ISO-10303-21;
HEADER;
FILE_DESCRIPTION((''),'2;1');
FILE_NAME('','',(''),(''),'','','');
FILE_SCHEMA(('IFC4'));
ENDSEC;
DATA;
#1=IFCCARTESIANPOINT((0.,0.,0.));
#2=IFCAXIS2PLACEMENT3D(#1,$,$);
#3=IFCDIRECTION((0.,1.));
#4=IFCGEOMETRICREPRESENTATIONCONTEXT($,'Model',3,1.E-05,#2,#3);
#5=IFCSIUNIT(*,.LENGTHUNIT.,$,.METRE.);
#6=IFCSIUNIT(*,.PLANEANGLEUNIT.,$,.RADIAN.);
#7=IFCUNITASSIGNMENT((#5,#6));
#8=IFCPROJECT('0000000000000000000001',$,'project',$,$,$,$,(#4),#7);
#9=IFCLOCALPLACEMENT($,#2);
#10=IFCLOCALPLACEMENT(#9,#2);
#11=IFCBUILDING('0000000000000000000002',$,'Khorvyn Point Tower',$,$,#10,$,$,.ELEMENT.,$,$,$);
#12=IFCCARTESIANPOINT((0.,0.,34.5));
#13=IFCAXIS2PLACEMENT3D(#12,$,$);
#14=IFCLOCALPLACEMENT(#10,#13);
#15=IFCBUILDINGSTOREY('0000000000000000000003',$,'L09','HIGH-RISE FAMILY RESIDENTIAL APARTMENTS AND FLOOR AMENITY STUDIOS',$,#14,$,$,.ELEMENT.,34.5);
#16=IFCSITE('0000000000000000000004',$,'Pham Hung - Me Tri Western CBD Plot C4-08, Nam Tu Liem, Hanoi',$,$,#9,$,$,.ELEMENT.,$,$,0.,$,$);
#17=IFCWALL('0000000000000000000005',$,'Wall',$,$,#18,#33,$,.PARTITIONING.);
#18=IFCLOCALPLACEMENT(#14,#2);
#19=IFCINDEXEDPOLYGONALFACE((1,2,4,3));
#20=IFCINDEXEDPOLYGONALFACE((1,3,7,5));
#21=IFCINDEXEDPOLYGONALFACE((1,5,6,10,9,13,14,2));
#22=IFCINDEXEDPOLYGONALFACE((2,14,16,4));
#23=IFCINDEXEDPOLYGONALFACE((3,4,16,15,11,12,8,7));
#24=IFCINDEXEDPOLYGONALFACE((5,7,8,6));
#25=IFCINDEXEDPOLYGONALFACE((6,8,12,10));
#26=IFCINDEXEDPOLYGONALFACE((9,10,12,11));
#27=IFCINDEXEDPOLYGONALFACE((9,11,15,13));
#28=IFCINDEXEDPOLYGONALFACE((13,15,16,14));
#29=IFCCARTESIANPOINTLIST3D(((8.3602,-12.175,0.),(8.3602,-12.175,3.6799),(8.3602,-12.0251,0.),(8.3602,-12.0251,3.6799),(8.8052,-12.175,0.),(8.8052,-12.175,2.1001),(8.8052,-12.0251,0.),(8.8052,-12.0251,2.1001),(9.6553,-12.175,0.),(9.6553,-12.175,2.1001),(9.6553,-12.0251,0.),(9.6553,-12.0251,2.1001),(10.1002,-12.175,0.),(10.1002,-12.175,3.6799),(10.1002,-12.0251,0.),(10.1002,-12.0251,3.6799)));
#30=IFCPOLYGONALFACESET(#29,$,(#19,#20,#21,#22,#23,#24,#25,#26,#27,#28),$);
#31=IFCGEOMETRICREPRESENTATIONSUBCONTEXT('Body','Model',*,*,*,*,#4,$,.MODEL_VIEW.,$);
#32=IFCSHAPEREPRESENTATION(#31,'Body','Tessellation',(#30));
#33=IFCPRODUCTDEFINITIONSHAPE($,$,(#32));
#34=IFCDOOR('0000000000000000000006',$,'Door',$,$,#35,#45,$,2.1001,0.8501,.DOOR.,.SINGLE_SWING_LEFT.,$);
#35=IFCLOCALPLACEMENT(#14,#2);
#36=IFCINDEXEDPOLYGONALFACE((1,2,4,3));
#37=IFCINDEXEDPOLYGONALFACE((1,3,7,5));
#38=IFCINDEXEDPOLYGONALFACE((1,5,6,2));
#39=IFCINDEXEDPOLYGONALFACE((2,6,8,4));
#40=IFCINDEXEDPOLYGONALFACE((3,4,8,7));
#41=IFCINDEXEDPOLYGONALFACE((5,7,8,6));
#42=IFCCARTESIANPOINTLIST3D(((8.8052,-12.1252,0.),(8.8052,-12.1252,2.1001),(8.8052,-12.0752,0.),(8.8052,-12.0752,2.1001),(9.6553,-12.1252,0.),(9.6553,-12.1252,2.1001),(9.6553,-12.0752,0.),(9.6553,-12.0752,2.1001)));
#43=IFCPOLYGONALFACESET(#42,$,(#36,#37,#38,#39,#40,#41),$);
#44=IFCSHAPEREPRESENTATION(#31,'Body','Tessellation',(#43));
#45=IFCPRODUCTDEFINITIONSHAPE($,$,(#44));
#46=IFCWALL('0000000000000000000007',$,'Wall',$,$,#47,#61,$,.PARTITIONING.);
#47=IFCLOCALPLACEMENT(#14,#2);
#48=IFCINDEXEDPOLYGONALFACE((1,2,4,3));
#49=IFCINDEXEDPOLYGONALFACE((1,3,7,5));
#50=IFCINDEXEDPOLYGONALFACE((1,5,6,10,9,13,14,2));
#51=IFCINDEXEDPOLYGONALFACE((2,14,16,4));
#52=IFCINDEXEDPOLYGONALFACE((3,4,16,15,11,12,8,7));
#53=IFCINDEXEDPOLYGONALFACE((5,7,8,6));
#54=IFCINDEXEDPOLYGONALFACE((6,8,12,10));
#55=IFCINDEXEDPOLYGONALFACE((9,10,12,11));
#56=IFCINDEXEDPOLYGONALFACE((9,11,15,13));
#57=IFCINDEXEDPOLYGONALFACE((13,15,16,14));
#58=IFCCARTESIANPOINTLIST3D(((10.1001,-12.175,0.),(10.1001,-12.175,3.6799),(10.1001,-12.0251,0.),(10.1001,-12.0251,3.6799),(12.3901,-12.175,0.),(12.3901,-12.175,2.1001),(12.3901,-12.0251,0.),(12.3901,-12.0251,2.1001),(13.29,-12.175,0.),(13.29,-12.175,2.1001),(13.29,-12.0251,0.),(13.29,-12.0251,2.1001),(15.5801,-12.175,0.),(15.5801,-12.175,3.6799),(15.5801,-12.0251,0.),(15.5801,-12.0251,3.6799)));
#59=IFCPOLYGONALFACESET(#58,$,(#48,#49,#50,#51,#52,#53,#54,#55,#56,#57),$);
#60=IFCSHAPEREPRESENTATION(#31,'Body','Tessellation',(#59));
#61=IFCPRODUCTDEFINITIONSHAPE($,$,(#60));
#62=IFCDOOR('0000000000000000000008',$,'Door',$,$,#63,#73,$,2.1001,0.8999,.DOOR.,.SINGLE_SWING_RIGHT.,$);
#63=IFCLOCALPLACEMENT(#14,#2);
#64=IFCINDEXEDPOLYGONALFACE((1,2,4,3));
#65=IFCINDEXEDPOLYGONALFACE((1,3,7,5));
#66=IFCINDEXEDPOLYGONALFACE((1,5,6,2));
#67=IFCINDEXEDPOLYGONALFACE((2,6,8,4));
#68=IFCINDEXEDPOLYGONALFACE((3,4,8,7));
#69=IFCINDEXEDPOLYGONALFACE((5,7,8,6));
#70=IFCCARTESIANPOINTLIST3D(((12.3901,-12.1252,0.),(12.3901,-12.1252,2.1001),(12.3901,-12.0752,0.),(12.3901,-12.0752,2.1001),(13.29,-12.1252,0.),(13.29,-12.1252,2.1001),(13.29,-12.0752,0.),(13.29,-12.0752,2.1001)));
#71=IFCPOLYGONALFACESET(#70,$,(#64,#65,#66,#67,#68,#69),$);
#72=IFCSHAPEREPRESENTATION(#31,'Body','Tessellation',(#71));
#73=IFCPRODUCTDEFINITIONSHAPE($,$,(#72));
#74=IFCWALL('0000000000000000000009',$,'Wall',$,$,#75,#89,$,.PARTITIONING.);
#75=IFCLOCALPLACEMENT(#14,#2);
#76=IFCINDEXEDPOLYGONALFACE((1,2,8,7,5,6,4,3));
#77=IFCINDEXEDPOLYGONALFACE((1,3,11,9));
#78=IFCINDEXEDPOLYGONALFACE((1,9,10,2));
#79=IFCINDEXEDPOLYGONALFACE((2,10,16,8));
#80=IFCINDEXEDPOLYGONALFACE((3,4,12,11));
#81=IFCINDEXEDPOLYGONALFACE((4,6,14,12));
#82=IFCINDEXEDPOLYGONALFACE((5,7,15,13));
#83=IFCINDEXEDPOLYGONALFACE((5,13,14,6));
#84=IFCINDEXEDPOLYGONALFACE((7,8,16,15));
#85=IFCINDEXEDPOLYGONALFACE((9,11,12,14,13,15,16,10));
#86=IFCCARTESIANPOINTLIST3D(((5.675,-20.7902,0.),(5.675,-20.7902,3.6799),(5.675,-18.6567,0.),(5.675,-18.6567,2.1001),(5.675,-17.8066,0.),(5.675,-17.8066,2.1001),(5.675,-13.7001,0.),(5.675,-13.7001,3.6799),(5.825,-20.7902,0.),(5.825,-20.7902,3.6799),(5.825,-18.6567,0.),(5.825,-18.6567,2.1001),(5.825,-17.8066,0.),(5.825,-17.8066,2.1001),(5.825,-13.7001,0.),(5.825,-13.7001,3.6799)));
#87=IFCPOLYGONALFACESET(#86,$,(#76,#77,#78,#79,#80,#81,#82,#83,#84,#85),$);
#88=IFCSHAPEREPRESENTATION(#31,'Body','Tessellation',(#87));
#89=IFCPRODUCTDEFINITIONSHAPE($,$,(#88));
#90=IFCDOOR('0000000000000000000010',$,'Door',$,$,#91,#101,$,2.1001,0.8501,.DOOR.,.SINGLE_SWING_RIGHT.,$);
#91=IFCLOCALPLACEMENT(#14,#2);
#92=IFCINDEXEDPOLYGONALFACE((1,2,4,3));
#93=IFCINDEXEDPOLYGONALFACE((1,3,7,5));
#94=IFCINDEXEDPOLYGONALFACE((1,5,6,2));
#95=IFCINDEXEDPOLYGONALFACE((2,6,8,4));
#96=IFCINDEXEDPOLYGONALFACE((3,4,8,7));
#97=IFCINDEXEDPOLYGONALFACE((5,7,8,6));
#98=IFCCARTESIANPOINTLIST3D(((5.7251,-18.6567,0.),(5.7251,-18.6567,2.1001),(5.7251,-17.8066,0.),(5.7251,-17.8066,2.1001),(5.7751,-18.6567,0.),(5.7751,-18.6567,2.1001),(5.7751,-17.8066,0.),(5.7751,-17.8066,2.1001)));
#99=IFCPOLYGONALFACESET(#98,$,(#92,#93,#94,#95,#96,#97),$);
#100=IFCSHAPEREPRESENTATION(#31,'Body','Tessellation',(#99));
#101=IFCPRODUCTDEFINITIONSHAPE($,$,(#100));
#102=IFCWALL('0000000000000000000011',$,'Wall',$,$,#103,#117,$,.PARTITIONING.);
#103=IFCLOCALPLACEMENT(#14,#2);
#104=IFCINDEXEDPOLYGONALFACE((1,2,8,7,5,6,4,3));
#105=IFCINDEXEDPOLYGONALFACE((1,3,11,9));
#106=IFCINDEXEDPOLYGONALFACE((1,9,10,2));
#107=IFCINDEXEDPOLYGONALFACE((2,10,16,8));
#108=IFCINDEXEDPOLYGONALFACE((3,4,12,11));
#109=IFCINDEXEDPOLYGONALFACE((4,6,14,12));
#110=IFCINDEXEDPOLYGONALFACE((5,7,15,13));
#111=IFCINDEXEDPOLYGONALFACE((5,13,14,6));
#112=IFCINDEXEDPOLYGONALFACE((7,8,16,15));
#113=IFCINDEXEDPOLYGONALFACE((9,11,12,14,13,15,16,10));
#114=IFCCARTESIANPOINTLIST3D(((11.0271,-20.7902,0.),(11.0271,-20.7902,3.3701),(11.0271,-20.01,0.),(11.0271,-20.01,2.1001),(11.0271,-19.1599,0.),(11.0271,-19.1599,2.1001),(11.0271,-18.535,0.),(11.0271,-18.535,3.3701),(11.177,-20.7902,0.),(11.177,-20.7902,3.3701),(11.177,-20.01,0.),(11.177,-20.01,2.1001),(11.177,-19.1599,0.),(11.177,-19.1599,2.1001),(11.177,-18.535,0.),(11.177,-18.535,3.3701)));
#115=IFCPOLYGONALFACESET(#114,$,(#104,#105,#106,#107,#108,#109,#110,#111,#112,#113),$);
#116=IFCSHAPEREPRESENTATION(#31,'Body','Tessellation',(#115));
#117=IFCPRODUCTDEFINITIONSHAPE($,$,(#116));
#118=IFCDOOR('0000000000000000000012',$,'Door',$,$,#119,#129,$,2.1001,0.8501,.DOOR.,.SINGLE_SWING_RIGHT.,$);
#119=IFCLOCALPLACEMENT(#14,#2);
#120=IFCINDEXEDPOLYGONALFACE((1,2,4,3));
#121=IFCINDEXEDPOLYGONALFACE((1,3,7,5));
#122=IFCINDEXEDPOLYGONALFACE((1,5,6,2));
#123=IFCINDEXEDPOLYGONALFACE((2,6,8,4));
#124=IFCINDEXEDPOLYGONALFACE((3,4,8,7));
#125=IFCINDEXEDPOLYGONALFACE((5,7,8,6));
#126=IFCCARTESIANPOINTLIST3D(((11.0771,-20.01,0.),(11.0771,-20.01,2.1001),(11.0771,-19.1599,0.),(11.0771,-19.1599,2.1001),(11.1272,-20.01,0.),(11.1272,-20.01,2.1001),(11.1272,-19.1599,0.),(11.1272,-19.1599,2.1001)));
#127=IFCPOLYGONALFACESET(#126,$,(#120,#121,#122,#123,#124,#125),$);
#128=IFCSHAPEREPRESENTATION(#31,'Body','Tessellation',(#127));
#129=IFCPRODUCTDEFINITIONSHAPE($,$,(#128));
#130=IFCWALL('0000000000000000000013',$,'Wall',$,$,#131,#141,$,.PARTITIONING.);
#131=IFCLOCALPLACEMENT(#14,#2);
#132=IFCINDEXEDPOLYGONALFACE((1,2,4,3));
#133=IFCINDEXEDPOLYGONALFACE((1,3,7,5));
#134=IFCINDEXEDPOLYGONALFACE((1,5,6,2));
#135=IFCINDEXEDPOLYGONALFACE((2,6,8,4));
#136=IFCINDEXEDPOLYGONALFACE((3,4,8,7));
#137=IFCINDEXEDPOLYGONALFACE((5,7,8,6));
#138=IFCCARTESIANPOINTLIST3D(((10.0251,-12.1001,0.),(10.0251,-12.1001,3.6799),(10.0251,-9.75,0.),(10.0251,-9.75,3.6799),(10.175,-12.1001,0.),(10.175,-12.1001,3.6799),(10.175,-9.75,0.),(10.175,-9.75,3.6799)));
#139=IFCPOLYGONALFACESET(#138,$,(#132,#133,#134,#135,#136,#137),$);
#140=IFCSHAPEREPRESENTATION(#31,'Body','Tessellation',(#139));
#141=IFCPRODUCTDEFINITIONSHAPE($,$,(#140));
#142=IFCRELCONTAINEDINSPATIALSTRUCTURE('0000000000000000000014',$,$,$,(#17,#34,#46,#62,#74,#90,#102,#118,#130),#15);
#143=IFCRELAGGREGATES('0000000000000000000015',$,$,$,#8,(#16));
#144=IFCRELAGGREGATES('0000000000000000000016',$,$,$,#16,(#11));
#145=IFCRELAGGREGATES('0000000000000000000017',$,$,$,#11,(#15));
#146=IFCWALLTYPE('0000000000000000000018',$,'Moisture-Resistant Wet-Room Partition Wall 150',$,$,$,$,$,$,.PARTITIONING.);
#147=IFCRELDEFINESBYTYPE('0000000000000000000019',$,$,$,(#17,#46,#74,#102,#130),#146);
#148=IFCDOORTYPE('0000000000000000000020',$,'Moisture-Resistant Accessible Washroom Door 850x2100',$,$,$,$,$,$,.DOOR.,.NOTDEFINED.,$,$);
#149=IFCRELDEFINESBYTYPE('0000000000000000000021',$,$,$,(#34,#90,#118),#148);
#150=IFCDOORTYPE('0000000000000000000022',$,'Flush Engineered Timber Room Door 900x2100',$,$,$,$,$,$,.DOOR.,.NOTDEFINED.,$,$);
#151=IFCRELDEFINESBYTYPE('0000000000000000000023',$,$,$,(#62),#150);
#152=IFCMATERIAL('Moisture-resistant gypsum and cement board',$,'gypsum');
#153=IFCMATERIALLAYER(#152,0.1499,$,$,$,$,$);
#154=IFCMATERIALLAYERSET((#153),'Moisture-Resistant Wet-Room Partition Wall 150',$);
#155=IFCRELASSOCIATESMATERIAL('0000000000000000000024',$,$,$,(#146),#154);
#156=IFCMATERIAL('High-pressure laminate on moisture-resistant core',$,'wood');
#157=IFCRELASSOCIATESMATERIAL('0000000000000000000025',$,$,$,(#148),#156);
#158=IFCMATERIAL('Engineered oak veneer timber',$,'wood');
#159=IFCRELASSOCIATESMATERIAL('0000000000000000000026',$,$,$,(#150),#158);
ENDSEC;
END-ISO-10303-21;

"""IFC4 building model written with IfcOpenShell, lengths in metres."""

from ifc_helpers import new_model, si_unit, direction, frame, frame_2d, origin, place, context, subcontext, project, spatial, rectangle, extrude, material, layer, layer_set, type_object, element, fill, save


model = new_model("IFC4")

# Units and contexts
model_context = context("Model", 3, precision=1e-05, world=origin(), true_north=direction((0.0, 1.0)))
body_context = subcontext(model_context, "Body", "Model", "MODEL_VIEW")
ifc_project = project(units=[si_unit("LENGTHUNIT", "METRE"), si_unit("PLANEANGLEUNIT", "RADIAN")], contexts=[model_context])

# Site, building, storey
site_placement = place(None, origin())
site = spatial("IfcSite", under=ifc_project, at=site_placement, Name="Pham Hung - Me Tri Western CBD Plot C4-08, Nam Tu Liem, Hanoi", CompositionType="ELEMENT", RefElevation=0.0)
building_placement = place(site_placement, origin())
building = spatial("IfcBuilding", under=site, at=building_placement, Name="Khorvyn Point Tower", CompositionType="ELEMENT")
storey_placement = place(building_placement, frame((0.0, 0.0, 34.5)))
storey = spatial("IfcBuildingStorey", under=building, at=storey_placement, Name="L09", Description="HIGH-RISE FAMILY RESIDENTIAL APARTMENTS AND FLOOR AMENITY STUDIOS", CompositionType="ELEMENT", Elevation=34.5)

# Walls, openings, doors
ifc_material_1 = material(Name="Moisture-resistant gypsum and cement board", Category="gypsum")
ifc_layer_1 = layer(ifc_material_1, 0.1499)
ifc_layer_set_1 = layer_set([ifc_layer_1], Name="Moisture-Resistant Wet-Room Partition Wall 150")
wall_type_1 = type_object("IfcWallType", Name="Moisture-Resistant Wet-Room Partition Wall 150", PredefinedType="PARTITIONING", material=ifc_layer_set_1)
wall_1_placement = place(storey_placement, frame((8.3601, -12.1001, 0.0), z_axis=(0.0, 0.0, 1.0), x_axis=(1.0, 0.0, 0.0)))
wall_1 = element("IfcWall", 1, at=wall_1_placement, inside=storey, type_object=wall_type_1, Name="Wall", PredefinedType="PARTITIONING", context=body_context, shape_type="SweptSolid", body=[
    extrude(rectangle(XDim=1.74, YDim=0.1499, at=frame_2d((0.8701, 0.0))), origin(), (0.0, 0.0, 1.0), 3.6799),
])
opening_1_placement = place(wall_1_placement, frame((0.4451, 0.0, 0.0)))
opening_1 = element("IfcOpeningElement", 2, at=opening_1_placement, cuts=wall_1, PredefinedType="OPENING", context=body_context, shape_type="SweptSolid", body=[
    extrude(rectangle(XDim=0.8501, YDim=2.1001, at=frame_2d((0.425, 1.05))), frame((0.0, 0.085, 0.0), z_axis=(0.0, -1.0, 0.0), x_axis=(1.0, 0.0, 0.0)), (0.0, 0.0, 1.0), 0.1699),
])
ifc_material_2 = material(Name="High-pressure laminate on moisture-resistant core", Category="wood")
door_type_1 = type_object("IfcDoorType", Name="Moisture-Resistant Accessible Washroom Door 850x2100", OperationType="NOTDEFINED", PredefinedType="DOOR", material=ifc_material_2)
door_1_placement = place(opening_1_placement, origin())
door_1 = element("IfcDoor", 3, at=door_1_placement, inside=storey, type_object=door_type_1, Name="Door", OperationType="SINGLE_SWING_LEFT", OverallHeight=2.1001, OverallWidth=0.8501, PredefinedType="DOOR", context=body_context, shape_type="SweptSolid", body=[
    extrude(rectangle(XDim=0.8501, YDim=2.1001, at=frame_2d((0.425, 1.05))), frame((0.0, 0.0249, 0.0), z_axis=(0.0, -1.0, 0.0), x_axis=(1.0, 0.0, 0.0)), (0.0, 0.0, 1.0), 0.05),
])
fill(opening_1, door_1)
wall_2_placement = place(storey_placement, frame((10.1001, -12.1001, 0.0), z_axis=(0.0, 0.0, 1.0), x_axis=(1.0, 0.0, 0.0)))
wall_2 = element("IfcWall", 4, at=wall_2_placement, inside=storey, type_object=wall_type_1, Name="Wall", PredefinedType="PARTITIONING", context=body_context, shape_type="SweptSolid", body=[
    extrude(rectangle(XDim=5.48, YDim=0.1499, at=frame_2d((2.74, 0.0))), origin(), (0.0, 0.0, 1.0), 3.6799),
])
opening_2_placement = place(wall_2_placement, frame((2.29, 0.0, 0.0)))
opening_2 = element("IfcOpeningElement", 5, at=opening_2_placement, cuts=wall_2, PredefinedType="OPENING", context=body_context, shape_type="SweptSolid", body=[
    extrude(rectangle(XDim=0.8999, YDim=2.1001, at=frame_2d((0.45, 1.05))), frame((0.0, 0.085, 0.0), z_axis=(0.0, -1.0, 0.0), x_axis=(1.0, 0.0, 0.0)), (0.0, 0.0, 1.0), 0.1699),
])
ifc_material_3 = material(Name="Engineered oak veneer timber", Category="wood")
door_type_2 = type_object("IfcDoorType", Name="Flush Engineered Timber Room Door 900x2100", OperationType="NOTDEFINED", PredefinedType="DOOR", material=ifc_material_3)
door_2_placement = place(opening_2_placement, origin())
door_2 = element("IfcDoor", 6, at=door_2_placement, inside=storey, type_object=door_type_2, Name="Door", OperationType="SINGLE_SWING_RIGHT", OverallHeight=2.1001, OverallWidth=0.8999, PredefinedType="DOOR", context=body_context, shape_type="SweptSolid", body=[
    extrude(rectangle(XDim=0.8999, YDim=2.1001, at=frame_2d((0.45, 1.05))), frame((0.0, 0.0249, 0.0), z_axis=(0.0, -1.0, 0.0), x_axis=(1.0, 0.0, 0.0)), (0.0, 0.0, 1.0), 0.05),
])
fill(opening_2, door_2)
wall_3_placement = place(storey_placement, frame((5.75, -20.79, 0.0), z_axis=(0.0, 0.0, 1.0), x_axis=(0.0, 1.0, 0.0)))
wall_3 = element("IfcWall", 7, at=wall_3_placement, inside=storey, type_object=wall_type_1, Name="Wall", PredefinedType="PARTITIONING", context=body_context, shape_type="SweptSolid", body=[
    extrude(rectangle(XDim=7.0901, YDim=0.1499, at=frame_2d((3.5449, 0.0))), origin(), (0.0, 0.0, 1.0), 3.6799),
])
opening_3_placement = place(wall_3_placement, frame((2.1333, 0.0, 0.0)))
opening_3 = element("IfcOpeningElement", 8, at=opening_3_placement, cuts=wall_3, PredefinedType="OPENING", context=body_context, shape_type="SweptSolid", body=[
    extrude(rectangle(XDim=0.8501, YDim=2.1001, at=frame_2d((0.425, 1.05))), frame((0.0, 0.085, 0.0), z_axis=(0.0, -1.0, 0.0), x_axis=(1.0, 0.0, 0.0)), (0.0, 0.0, 1.0), 0.1699),
])
door_3_placement = place(opening_3_placement, origin())
door_3 = element("IfcDoor", 9, at=door_3_placement, inside=storey, type_object=door_type_1, Name="Door", OperationType="SINGLE_SWING_RIGHT", OverallHeight=2.1001, OverallWidth=0.8501, PredefinedType="DOOR", context=body_context, shape_type="SweptSolid", body=[
    extrude(rectangle(XDim=0.8501, YDim=2.1001, at=frame_2d((0.425, 1.05))), frame((0.0, 0.0249, 0.0), z_axis=(0.0, -1.0, 0.0), x_axis=(1.0, 0.0, 0.0)), (0.0, 0.0, 1.0), 0.05),
])
fill(opening_3, door_3)
wall_4_placement = place(storey_placement, frame((11.1021, -20.79, 0.0), z_axis=(0.0, 0.0, 1.0), x_axis=(0.0, 1.0, 0.0)))
wall_4 = element("IfcWall", 10, at=wall_4_placement, inside=storey, type_object=wall_type_1, Name="Wall", PredefinedType="PARTITIONING", context=body_context, shape_type="SweptSolid", body=[
    extrude(rectangle(XDim=2.2551, YDim=0.1499, at=frame_2d((1.1274, 0.0))), origin(), (0.0, 0.0, 1.0), 3.3701),
])
opening_4_placement = place(wall_4_placement, frame((0.78, 0.0, 0.0)))
opening_4 = element("IfcOpeningElement", 11, at=opening_4_placement, cuts=wall_4, PredefinedType="OPENING", context=body_context, shape_type="SweptSolid", body=[
    extrude(rectangle(XDim=0.8501, YDim=2.1001, at=frame_2d((0.425, 1.05))), frame((0.0, 0.085, 0.0), z_axis=(0.0, -1.0, 0.0), x_axis=(1.0, 0.0, 0.0)), (0.0, 0.0, 1.0), 0.1699),
])
door_4_placement = place(opening_4_placement, origin())
door_4 = element("IfcDoor", 12, at=door_4_placement, inside=storey, type_object=door_type_1, Name="Door", OperationType="SINGLE_SWING_RIGHT", OverallHeight=2.1001, OverallWidth=0.8501, PredefinedType="DOOR", context=body_context, shape_type="SweptSolid", body=[
    extrude(rectangle(XDim=0.8501, YDim=2.1001, at=frame_2d((0.425, 1.05))), frame((0.0, 0.0249, 0.0), z_axis=(0.0, -1.0, 0.0), x_axis=(1.0, 0.0, 0.0)), (0.0, 0.0, 1.0), 0.05),
])
fill(opening_4, door_4)

# Wall
wall_5_placement = place(storey_placement, frame((10.1001, -12.1001, 0.0), z_axis=(0.0, 0.0, 1.0), x_axis=(0.0, 1.0, 0.0)))
element("IfcWall", 13, at=wall_5_placement, inside=storey, type_object=wall_type_1, Name="Wall", PredefinedType="PARTITIONING", context=body_context, shape_type="SweptSolid", body=[
    extrude(rectangle(XDim=2.3501, YDim=0.1499, at=frame_2d((1.175, 0.0))), origin(), (0.0, 0.0, 1.0), 3.6799),
])

save(model, "model.ifc")
